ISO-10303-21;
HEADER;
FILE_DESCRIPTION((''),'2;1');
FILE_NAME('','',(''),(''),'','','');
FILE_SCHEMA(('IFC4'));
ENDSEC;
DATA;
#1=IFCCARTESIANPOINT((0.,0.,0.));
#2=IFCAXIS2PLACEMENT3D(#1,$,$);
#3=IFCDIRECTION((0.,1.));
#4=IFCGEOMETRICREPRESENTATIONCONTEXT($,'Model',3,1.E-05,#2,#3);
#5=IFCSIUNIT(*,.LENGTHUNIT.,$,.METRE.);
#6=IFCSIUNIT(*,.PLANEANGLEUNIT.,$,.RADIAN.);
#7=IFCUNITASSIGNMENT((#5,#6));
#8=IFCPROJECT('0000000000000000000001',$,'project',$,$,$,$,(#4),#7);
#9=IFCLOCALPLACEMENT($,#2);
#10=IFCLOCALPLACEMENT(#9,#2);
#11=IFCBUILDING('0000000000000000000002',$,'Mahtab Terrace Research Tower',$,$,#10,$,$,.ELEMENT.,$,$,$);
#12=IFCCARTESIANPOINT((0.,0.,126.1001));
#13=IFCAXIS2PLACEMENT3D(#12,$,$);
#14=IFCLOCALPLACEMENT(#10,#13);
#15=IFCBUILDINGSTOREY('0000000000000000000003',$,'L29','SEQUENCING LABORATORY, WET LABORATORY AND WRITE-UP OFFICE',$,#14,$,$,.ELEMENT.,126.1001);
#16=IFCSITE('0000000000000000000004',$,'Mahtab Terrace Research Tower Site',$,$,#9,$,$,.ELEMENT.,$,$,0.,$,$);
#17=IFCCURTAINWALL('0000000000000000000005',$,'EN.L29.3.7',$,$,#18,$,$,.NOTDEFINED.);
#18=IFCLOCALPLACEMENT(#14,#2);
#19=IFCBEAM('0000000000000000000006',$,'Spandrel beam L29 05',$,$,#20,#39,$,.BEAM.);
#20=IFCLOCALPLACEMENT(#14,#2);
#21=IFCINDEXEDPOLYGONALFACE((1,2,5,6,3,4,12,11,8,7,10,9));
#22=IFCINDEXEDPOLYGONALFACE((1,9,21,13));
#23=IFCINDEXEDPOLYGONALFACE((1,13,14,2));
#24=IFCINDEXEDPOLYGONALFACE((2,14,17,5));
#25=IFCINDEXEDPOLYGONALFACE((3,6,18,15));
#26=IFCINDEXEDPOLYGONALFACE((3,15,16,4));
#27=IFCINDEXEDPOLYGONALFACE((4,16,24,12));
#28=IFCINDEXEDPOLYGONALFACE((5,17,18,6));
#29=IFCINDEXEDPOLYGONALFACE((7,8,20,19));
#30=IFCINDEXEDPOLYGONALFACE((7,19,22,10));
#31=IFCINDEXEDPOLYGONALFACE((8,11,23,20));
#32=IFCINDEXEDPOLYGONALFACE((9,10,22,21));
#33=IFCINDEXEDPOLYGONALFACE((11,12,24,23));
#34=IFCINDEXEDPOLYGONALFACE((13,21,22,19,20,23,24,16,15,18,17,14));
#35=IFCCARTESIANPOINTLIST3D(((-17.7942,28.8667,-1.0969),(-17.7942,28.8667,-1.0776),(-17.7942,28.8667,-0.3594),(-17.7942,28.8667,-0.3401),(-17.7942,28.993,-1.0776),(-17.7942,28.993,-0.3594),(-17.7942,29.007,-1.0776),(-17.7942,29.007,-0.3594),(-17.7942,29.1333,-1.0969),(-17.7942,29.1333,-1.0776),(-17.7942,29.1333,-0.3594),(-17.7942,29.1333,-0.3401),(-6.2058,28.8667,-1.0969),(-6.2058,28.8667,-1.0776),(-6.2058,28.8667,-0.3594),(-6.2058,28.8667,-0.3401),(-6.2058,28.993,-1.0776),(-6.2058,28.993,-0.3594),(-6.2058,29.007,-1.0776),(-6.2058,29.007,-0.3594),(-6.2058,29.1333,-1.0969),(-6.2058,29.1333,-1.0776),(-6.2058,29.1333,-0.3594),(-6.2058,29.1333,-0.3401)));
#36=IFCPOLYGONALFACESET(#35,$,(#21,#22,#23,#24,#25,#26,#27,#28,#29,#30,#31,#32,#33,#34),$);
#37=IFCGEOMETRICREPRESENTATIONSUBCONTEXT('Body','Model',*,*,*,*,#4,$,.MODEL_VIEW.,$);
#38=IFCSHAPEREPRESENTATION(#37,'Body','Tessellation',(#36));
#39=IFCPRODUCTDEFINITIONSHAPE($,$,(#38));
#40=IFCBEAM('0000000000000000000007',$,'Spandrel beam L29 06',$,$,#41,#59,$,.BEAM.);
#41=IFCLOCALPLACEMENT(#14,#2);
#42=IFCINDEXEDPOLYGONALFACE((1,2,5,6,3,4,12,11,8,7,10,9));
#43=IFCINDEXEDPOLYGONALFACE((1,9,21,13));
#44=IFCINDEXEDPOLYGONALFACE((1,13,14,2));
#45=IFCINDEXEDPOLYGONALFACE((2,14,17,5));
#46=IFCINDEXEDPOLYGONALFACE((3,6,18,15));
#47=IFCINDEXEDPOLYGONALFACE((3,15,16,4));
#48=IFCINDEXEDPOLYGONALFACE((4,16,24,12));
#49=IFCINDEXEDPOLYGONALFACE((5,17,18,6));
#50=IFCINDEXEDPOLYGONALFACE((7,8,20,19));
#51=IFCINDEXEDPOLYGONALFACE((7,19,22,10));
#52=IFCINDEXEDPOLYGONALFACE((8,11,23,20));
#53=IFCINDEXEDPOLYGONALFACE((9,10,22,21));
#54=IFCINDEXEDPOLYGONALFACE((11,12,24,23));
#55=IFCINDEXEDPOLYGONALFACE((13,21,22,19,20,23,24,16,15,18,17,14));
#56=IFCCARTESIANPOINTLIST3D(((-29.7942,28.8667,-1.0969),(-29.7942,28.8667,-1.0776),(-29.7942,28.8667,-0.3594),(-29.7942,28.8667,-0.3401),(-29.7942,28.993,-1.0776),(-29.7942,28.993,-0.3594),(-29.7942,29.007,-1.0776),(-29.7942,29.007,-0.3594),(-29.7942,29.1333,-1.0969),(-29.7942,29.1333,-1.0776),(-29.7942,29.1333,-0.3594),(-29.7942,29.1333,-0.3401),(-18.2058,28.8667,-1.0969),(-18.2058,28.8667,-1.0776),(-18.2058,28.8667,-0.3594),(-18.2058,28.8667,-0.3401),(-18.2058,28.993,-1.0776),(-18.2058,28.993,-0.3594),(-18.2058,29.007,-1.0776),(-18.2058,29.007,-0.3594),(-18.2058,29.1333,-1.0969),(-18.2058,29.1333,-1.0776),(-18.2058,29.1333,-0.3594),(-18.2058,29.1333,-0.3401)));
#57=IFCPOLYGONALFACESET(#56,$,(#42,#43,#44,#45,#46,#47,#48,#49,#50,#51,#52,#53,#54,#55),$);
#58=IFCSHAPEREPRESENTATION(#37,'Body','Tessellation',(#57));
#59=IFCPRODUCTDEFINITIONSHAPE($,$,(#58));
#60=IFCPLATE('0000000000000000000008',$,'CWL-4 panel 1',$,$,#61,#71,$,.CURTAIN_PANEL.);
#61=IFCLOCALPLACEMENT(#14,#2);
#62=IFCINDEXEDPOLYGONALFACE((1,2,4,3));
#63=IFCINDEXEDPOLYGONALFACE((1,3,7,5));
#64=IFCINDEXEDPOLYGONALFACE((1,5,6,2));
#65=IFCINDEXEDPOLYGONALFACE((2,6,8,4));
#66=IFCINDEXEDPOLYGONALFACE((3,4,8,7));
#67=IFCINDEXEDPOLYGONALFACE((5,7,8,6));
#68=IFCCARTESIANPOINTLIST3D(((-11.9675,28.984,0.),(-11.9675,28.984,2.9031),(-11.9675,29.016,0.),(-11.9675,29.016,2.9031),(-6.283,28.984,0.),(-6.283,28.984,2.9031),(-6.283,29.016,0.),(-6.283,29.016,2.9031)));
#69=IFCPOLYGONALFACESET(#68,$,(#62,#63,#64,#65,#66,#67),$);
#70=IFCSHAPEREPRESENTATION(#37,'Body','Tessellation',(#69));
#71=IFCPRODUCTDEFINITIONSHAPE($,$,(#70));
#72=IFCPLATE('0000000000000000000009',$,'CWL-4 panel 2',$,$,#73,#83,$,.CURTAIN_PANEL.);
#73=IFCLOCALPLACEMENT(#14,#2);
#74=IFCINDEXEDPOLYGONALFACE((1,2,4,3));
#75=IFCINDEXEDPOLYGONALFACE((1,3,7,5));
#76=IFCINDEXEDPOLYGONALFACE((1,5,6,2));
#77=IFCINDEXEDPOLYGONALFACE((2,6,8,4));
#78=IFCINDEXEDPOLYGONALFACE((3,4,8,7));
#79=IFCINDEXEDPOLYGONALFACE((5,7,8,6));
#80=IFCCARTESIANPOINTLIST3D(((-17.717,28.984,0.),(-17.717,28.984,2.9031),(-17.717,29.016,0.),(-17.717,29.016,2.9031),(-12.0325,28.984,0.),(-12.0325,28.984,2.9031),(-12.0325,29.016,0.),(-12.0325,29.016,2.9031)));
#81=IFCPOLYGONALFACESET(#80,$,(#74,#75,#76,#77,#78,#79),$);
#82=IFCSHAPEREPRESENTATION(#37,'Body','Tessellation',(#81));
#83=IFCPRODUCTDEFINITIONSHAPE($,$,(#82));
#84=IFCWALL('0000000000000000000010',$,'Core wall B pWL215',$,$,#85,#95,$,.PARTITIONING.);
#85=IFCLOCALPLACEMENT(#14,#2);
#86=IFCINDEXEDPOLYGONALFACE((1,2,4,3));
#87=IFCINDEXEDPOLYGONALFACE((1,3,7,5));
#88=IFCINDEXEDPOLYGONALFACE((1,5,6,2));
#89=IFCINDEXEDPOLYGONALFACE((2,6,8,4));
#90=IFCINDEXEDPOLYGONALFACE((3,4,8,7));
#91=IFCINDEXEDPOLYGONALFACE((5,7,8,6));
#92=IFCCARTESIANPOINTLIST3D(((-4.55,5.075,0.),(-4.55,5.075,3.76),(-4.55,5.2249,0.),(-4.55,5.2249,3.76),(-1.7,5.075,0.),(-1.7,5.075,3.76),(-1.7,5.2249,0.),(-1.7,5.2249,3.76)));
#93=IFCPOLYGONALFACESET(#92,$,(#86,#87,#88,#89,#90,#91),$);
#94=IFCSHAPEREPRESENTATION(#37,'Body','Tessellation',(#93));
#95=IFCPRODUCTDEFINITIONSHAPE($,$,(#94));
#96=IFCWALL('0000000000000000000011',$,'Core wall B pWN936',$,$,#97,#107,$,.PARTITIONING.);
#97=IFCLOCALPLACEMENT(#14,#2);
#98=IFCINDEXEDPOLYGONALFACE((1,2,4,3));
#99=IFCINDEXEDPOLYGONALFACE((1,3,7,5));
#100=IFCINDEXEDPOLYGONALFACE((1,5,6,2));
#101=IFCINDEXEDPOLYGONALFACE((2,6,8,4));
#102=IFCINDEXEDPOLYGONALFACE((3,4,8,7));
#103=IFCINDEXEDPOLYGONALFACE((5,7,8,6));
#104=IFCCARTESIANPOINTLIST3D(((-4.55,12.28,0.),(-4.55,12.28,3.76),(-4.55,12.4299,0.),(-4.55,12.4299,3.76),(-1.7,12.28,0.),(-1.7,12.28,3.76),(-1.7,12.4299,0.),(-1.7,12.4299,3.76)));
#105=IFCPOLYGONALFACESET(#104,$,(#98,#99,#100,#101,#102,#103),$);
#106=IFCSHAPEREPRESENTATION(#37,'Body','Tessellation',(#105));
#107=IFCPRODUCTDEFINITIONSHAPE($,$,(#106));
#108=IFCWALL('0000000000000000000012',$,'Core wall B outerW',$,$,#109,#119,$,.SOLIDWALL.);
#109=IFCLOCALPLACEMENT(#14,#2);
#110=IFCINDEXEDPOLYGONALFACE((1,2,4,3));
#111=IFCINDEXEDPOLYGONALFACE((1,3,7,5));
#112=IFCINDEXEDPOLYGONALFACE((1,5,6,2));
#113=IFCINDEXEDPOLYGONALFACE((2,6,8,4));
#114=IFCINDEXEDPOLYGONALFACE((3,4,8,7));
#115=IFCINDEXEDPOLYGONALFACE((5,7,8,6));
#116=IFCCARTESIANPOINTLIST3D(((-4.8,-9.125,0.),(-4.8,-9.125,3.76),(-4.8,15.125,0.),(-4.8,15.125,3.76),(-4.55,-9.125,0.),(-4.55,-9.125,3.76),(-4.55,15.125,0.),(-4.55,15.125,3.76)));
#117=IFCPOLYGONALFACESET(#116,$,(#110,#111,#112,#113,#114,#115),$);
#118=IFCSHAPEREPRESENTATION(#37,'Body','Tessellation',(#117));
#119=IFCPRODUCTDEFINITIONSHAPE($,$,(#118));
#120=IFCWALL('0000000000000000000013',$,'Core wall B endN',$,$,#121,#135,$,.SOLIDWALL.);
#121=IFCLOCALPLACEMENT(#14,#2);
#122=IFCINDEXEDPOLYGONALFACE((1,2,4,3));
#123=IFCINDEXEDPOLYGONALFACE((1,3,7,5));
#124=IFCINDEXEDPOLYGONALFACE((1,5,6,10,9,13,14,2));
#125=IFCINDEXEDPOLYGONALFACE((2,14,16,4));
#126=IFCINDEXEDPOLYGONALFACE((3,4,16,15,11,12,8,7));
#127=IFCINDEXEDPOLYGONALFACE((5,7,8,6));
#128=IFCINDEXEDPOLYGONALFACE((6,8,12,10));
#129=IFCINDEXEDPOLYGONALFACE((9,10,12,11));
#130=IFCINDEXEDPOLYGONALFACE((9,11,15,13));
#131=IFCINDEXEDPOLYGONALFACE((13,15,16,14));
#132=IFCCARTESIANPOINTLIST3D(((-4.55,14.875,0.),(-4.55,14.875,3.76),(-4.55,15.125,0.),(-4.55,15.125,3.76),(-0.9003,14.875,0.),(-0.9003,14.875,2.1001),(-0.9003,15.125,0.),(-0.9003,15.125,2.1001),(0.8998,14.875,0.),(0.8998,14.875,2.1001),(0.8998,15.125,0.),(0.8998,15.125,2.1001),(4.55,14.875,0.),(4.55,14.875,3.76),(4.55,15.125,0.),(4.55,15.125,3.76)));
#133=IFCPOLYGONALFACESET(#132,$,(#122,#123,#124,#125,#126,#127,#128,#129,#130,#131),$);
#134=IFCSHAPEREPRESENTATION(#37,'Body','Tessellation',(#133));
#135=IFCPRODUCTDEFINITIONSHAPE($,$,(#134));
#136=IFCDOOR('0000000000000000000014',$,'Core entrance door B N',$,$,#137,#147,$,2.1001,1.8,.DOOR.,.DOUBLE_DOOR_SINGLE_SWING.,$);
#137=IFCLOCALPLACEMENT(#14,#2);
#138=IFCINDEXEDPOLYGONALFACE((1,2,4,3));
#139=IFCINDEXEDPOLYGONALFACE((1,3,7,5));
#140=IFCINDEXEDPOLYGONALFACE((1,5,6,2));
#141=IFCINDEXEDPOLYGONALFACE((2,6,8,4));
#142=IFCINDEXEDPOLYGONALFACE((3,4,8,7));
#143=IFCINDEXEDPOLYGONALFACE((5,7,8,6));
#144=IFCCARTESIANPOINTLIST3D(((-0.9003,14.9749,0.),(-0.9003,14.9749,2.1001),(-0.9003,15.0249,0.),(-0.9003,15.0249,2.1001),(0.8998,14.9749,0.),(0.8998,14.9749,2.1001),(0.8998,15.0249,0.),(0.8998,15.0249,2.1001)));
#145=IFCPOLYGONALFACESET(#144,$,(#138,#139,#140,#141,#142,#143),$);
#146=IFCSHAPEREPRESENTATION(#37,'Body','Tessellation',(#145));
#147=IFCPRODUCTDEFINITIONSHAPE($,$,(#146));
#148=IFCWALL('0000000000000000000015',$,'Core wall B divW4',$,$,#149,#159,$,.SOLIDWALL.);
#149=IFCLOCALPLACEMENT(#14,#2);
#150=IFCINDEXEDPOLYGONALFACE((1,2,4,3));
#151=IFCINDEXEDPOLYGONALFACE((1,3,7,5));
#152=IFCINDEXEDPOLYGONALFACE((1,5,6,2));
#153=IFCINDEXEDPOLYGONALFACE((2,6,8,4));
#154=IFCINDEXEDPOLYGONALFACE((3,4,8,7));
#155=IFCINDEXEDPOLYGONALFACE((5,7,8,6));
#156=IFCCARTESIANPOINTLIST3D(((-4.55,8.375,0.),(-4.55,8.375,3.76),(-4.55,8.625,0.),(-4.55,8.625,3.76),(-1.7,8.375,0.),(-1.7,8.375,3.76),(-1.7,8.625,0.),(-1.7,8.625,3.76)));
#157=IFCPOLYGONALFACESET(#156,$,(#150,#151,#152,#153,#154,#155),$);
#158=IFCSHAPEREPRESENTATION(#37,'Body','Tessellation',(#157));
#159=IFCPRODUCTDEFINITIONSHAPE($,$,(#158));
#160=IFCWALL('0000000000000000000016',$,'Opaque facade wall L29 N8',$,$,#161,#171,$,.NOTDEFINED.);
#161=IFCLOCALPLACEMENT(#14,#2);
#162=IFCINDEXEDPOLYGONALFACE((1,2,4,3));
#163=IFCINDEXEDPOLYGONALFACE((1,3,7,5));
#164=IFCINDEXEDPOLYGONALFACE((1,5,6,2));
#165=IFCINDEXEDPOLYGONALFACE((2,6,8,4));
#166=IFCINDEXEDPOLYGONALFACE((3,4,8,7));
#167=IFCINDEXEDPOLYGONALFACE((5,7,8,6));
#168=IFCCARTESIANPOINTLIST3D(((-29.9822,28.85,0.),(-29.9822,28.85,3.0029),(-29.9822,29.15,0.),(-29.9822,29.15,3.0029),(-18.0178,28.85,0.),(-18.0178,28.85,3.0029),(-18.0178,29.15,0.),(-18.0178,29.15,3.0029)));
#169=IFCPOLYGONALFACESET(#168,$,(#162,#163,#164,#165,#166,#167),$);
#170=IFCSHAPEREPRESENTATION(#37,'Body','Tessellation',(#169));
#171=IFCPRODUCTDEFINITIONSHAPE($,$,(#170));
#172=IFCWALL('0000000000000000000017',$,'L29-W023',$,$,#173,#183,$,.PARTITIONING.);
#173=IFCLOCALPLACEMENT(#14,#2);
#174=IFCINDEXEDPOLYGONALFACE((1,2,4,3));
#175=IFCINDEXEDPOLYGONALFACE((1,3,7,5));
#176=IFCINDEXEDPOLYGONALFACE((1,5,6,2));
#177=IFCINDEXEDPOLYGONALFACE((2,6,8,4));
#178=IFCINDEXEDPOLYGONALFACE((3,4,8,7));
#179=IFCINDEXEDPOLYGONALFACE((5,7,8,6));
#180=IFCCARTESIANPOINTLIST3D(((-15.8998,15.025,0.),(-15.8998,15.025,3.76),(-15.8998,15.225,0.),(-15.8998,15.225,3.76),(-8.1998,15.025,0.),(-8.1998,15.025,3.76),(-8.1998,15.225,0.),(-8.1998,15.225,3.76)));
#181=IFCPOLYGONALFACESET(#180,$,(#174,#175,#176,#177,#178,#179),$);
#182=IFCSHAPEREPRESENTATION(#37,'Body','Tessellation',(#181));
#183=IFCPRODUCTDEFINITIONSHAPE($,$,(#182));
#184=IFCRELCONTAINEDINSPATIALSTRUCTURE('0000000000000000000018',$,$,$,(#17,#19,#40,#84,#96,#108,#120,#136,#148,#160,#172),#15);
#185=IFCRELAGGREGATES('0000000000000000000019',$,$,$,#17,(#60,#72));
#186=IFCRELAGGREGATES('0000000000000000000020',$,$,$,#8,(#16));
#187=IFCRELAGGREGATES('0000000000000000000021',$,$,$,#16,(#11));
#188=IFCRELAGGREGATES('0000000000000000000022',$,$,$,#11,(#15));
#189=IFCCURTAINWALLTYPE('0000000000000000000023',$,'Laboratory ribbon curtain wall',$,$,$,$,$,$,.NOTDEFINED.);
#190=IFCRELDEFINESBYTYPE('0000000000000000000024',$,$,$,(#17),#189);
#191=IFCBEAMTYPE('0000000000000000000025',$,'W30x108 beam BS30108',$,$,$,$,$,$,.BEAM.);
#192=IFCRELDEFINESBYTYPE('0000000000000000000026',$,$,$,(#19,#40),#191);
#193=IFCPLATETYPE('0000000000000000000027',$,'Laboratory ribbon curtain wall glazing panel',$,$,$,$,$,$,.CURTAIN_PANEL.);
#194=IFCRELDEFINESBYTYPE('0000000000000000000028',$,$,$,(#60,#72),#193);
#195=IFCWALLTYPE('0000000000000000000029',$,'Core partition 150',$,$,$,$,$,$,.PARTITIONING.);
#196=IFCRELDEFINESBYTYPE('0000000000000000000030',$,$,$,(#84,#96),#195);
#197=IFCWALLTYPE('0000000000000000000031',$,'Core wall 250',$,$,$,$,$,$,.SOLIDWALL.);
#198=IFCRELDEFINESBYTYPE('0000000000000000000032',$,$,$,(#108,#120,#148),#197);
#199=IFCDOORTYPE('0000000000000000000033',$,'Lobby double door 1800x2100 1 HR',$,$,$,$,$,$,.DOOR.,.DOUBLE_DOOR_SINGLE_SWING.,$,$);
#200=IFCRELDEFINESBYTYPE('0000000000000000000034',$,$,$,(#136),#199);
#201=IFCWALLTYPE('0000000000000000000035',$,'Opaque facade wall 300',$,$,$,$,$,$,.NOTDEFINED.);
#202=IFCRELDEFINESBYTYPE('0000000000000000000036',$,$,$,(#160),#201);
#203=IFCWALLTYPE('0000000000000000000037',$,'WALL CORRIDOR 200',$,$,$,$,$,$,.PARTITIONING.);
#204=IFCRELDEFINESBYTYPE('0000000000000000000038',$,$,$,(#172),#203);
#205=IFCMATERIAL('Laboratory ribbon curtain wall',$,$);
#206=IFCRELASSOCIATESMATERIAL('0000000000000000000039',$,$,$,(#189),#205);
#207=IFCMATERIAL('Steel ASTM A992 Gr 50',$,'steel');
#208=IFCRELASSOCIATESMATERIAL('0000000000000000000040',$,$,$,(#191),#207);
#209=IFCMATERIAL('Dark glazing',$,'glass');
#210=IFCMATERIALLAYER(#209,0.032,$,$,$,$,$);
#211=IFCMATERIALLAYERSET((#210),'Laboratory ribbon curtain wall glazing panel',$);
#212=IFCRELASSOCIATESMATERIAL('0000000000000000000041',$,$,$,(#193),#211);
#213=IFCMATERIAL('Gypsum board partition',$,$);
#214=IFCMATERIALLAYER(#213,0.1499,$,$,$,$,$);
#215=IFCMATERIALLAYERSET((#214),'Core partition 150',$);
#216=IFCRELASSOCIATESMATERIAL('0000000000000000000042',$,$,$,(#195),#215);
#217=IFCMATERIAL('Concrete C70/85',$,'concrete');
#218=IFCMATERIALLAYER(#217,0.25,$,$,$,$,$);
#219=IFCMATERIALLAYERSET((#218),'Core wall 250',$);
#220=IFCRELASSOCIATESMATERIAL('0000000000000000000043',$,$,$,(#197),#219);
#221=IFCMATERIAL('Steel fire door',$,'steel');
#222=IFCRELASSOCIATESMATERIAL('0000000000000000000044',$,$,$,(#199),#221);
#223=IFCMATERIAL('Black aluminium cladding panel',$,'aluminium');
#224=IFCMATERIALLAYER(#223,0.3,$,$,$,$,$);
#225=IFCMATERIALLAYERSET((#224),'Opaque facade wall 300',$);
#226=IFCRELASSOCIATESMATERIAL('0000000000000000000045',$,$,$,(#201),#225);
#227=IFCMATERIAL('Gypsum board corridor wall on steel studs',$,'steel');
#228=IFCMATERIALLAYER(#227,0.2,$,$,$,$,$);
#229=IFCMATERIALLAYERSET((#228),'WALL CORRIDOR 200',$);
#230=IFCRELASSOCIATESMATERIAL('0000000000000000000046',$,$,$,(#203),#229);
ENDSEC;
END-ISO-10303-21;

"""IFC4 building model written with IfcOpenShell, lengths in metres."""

from ifc_helpers import new_model, si_unit, direction, frame, frame_2d, origin, origin_2d, place, context, subcontext, project, spatial, rectangle, i_section, extrude, material, layer, layer_set, material_profile, profile_set, type_object, element, fill, aggregate, save


model = new_model("IFC4")

# Units and contexts
model_context = context("Model", 3, precision=1e-05, world=origin(), true_north=direction((0.0, 1.0)))
body_context = subcontext(model_context, "Body", "Model", "MODEL_VIEW")
ifc_project = project(units=[si_unit("LENGTHUNIT", "METRE"), si_unit("PLANEANGLEUNIT", "RADIAN")], contexts=[model_context])

# Site, building, storey
site_placement = place(None, origin())
site = spatial("IfcSite", under=ifc_project, at=site_placement, Name="Mahtab Terrace Research Tower Site", CompositionType="ELEMENT", RefElevation=0.0)
building_placement = place(site_placement, origin())
building = spatial("IfcBuilding", under=site, at=building_placement, Name="Mahtab Terrace Research Tower", CompositionType="ELEMENT")
storey_placement = place(building_placement, frame((0.0, 0.0, 126.1001)))
storey = spatial("IfcBuildingStorey", under=building, at=storey_placement, Name="L29", Description="SEQUENCING LABORATORY, WET LABORATORY AND WRITE-UP OFFICE", CompositionType="ELEMENT", Elevation=126.1001)

# Shared definitions
ifc_material_1 = material(Name="Concrete C70/85", Category="concrete")
ifc_material_2 = material(Name="Steel ASTM A992 Gr 50", Category="steel")

# Curtain wall
ifc_material_3 = material(Name="Laboratory ribbon curtain wall")
curtain_wall_type = type_object("IfcCurtainWallType", Name="Laboratory ribbon curtain wall", PredefinedType="NOTDEFINED", material=ifc_material_3)
curtain_wall_placement = place(storey_placement, origin())
curtain_wall = element("IfcCurtainWall", 1, at=curtain_wall_placement, inside=storey, type_object=curtain_wall_type, Name="EN.L29.3.7", PredefinedType="NOTDEFINED")

# Beams
ifc_material_profile_1 = material_profile(ifc_material_2, i_section(OverallWidth=0.2666, OverallDepth=0.7568, WebThickness=0.0139, FlangeThickness=0.0193, at=origin_2d()), Name="W30X108")
ifc_profile_set_1 = profile_set([ifc_material_profile_1], Name="Steel ASTM A992 Gr 50")
beam_type = type_object("IfcBeamType", Name="W30x108 beam BS30108", PredefinedType="BEAM", material=ifc_profile_set_1)
for number, where, z_axis, x_axis, name in (
    (2, (-6.2058, 29.0, -0.7185), (-1.0, 0.0, 0.0), (0.0, -1.0, 0.0), "Spandrel beam L29 05"),
    (3, (-18.2058, 29.0, -0.7185), (-1.0, 0.0, 0.0), (0.0, -1.0, 0.0), "Spandrel beam L29 06"),
):
    element("IfcBeam", number, at=place(storey_placement, frame(where, z_axis=z_axis, x_axis=x_axis)), inside=storey, type_object=beam_type, Name=name, PredefinedType="BEAM", context=body_context, shape_type="SweptSolid", body=[
        extrude(i_section(OverallWidth=0.2666, OverallDepth=0.7568, WebThickness=0.0139, FlangeThickness=0.0193, at=origin_2d()), origin(), (0.0, 0.0, 1.0), 11.5884),
    ])

# Plates
ifc_material_4 = material(Name="Dark glazing", Category="glass")
ifc_layer_1 = layer(ifc_material_4, 0.032)
ifc_layer_set_1 = layer_set([ifc_layer_1], Name="Laboratory ribbon curtain wall glazing panel")
plate_type = type_object("IfcPlateType", Name="Laboratory ribbon curtain wall glazing panel", PredefinedType="CURTAIN_PANEL", material=ifc_layer_set_1)
plate_1_placement = place(storey_placement, frame((-9.1252, 29.0, 0.0), z_axis=(0.0, 0.0, 1.0), x_axis=(-1.0, 0.0, 0.0)))
plate_1 = element("IfcPlate", 4, at=plate_1_placement, type_object=plate_type, Name="CWL-4 panel 1", PredefinedType="CURTAIN_PANEL", context=body_context, shape_type="SweptSolid", body=[
    extrude(rectangle(XDim=5.6846, YDim=0.032, at=origin_2d()), origin(), (0.0, 0.0, 1.0), 2.9031),
])
plate_2_placement = place(storey_placement, frame((-14.8748, 29.0, 0.0), z_axis=(0.0, 0.0, 1.0), x_axis=(-1.0, 0.0, 0.0)))
plate_2 = element("IfcPlate", 5, at=plate_2_placement, type_object=plate_type, Name="CWL-4 panel 2", PredefinedType="CURTAIN_PANEL", context=body_context, shape_type="SweptSolid", body=[
    extrude(rectangle(XDim=5.6846, YDim=0.032, at=origin_2d()), origin(), (0.0, 0.0, 1.0), 2.9031),
])
aggregate(curtain_wall, [plate_1, plate_2])

# Walls
ifc_material_5 = material(Name="Gypsum board partition")
ifc_layer_2 = layer(ifc_material_5, 0.1499)
ifc_layer_set_2 = layer_set([ifc_layer_2], Name="Core partition 150")
wall_type_1 = type_object("IfcWallType", Name="Core partition 150", PredefinedType="PARTITIONING", material=ifc_layer_set_2)
for number, where, z_axis, x_axis, name in (
    (6, (-4.55, 5.1499, 0.0), (0.0, 0.0, 1.0), (1.0, 0.0, 0.0), "Core wall B pWL215"),
    (7, (-4.55, 12.355, 0.0), (0.0, 0.0, 1.0), (1.0, 0.0, 0.0), "Core wall B pWN936"),
):
    element("IfcWall", number, at=place(storey_placement, frame(where, z_axis=z_axis, x_axis=x_axis)), inside=storey, type_object=wall_type_1, Name=name, PredefinedType="PARTITIONING", context=body_context, shape_type="SweptSolid", body=[
        extrude(rectangle(XDim=2.8501, YDim=0.1499, at=frame_2d((1.425, 0.0))), origin(), (0.0, 0.0, 1.0), 3.76),
    ])
ifc_layer_3 = layer(ifc_material_1, 0.25)
ifc_layer_set_3 = layer_set([ifc_layer_3], Name="Core wall 250")
wall_type_2 = type_object("IfcWallType", Name="Core wall 250", PredefinedType="SOLIDWALL", material=ifc_layer_set_3)
wall_1_placement = place(storey_placement, frame((-4.675, 15.125, 0.0), z_axis=(0.0, 0.0, 1.0), x_axis=(0.0, -1.0, 0.0)))
element("IfcWall", 8, at=wall_1_placement, inside=storey, type_object=wall_type_2, Name="Core wall B outerW", PredefinedType="SOLIDWALL", context=body_context, shape_type="SweptSolid", body=[
    extrude(rectangle(XDim=24.25, YDim=0.25, at=frame_2d((12.125, 0.0))), origin(), (0.0, 0.0, 1.0), 3.76),
])

# Wall, opening, door
wall_2_placement = place(storey_placement, frame((-4.55, 15.0, 0.0), z_axis=(0.0, 0.0, 1.0), x_axis=(1.0, 0.0, 0.0)))
wall_2 = element("IfcWall", 9, at=wall_2_placement, inside=storey, type_object=wall_type_2, Name="Core wall B endN", PredefinedType="SOLIDWALL", context=body_context, shape_type="SweptSolid", body=[
    extrude(rectangle(XDim=9.1001, YDim=0.25, at=frame_2d((4.55, 0.0))), origin(), (0.0, 0.0, 1.0), 3.76),
])
opening_placement = place(wall_2_placement, frame((3.6499, 0.0, 0.0)))
opening = element("IfcOpeningElement", 10, at=opening_placement, cuts=wall_2, PredefinedType="OPENING", context=body_context, shape_type="SweptSolid", body=[
    extrude(rectangle(XDim=1.8, YDim=2.1001, at=frame_2d((0.8999, 1.05))), frame((0.0, 0.135, 0.0), z_axis=(0.0, -1.0, 0.0), x_axis=(1.0, 0.0, 0.0)), (0.0, 0.0, 1.0), 0.27),
])
ifc_material_6 = material(Name="Steel fire door", Category="steel")
door_type = type_object("IfcDoorType", Name="Lobby double door 1800x2100 1 HR", OperationType="DOUBLE_DOOR_SINGLE_SWING", PredefinedType="DOOR", material=ifc_material_6)
door_placement = place(opening_placement, origin())
door = element("IfcDoor", 11, at=door_placement, inside=storey, type_object=door_type, Name="Core entrance door B N", OperationType="DOUBLE_DOOR_SINGLE_SWING", OverallHeight=2.1001, OverallWidth=1.8, PredefinedType="DOOR", context=body_context, shape_type="SweptSolid", body=[
    extrude(rectangle(XDim=1.8, YDim=2.1001, at=frame_2d((0.8999, 1.05))), frame((0.0, 0.0249, 0.0), z_axis=(0.0, -1.0, 0.0), x_axis=(1.0, 0.0, 0.0)), (0.0, 0.0, 1.0), 0.05),
])
fill(opening, door)

# Walls
wall_3_placement = place(storey_placement, frame((-4.55, 8.5, 0.0), z_axis=(0.0, 0.0, 1.0), x_axis=(1.0, 0.0, 0.0)))
element("IfcWall", 12, at=wall_3_placement, inside=storey, type_object=wall_type_2, Name="Core wall B divW4", PredefinedType="SOLIDWALL", context=body_context, shape_type="SweptSolid", body=[
    extrude(rectangle(XDim=2.8501, YDim=0.25, at=frame_2d((1.425, 0.0))), origin(), (0.0, 0.0, 1.0), 3.76),
])
ifc_material_7 = material(Name="Black aluminium cladding panel", Category="aluminium")
ifc_layer_4 = layer(ifc_material_7, 0.3)
ifc_layer_set_4 = layer_set([ifc_layer_4], Name="Opaque facade wall 300")
wall_type_3 = type_object("IfcWallType", Name="Opaque facade wall 300", PredefinedType="NOTDEFINED", material=ifc_layer_set_4)
wall_4_placement = place(storey_placement, frame((-18.0178, 29.0, 0.0), z_axis=(0.0, 0.0, 1.0), x_axis=(-1.0, 0.0, 0.0)))
element("IfcWall", 13, at=wall_4_placement, inside=storey, type_object=wall_type_3, Name="Opaque facade wall L29 N8", PredefinedType="NOTDEFINED", context=body_context, shape_type="SweptSolid", body=[
    extrude(rectangle(XDim=11.9644, YDim=0.3, at=frame_2d((5.9822, 0.0))), origin(), (0.0, 0.0, 1.0), 3.0029),
])
ifc_material_8 = material(Name="Gypsum board corridor wall on steel studs", Category="steel")
ifc_layer_5 = layer(ifc_material_8, 0.2)
ifc_layer_set_5 = layer_set([ifc_layer_5], Name="WALL CORRIDOR 200")
wall_type_4 = type_object("IfcWallType", Name="WALL CORRIDOR 200", PredefinedType="PARTITIONING", material=ifc_layer_set_5)
wall_5_placement = place(storey_placement, frame((-15.8999, 15.125, 0.0), z_axis=(0.0, 0.0, 1.0), x_axis=(1.0, 0.0, 0.0)))
element("IfcWall", 14, at=wall_5_placement, inside=storey, type_object=wall_type_4, Name="L29-W023", PredefinedType="PARTITIONING", context=body_context, shape_type="SweptSolid", body=[
    extrude(rectangle(XDim=7.7, YDim=0.2, at=frame_2d((3.8501, 0.0))), origin(), (0.0, 0.0, 1.0), 3.76),
])

save(model, "model.ifc")
